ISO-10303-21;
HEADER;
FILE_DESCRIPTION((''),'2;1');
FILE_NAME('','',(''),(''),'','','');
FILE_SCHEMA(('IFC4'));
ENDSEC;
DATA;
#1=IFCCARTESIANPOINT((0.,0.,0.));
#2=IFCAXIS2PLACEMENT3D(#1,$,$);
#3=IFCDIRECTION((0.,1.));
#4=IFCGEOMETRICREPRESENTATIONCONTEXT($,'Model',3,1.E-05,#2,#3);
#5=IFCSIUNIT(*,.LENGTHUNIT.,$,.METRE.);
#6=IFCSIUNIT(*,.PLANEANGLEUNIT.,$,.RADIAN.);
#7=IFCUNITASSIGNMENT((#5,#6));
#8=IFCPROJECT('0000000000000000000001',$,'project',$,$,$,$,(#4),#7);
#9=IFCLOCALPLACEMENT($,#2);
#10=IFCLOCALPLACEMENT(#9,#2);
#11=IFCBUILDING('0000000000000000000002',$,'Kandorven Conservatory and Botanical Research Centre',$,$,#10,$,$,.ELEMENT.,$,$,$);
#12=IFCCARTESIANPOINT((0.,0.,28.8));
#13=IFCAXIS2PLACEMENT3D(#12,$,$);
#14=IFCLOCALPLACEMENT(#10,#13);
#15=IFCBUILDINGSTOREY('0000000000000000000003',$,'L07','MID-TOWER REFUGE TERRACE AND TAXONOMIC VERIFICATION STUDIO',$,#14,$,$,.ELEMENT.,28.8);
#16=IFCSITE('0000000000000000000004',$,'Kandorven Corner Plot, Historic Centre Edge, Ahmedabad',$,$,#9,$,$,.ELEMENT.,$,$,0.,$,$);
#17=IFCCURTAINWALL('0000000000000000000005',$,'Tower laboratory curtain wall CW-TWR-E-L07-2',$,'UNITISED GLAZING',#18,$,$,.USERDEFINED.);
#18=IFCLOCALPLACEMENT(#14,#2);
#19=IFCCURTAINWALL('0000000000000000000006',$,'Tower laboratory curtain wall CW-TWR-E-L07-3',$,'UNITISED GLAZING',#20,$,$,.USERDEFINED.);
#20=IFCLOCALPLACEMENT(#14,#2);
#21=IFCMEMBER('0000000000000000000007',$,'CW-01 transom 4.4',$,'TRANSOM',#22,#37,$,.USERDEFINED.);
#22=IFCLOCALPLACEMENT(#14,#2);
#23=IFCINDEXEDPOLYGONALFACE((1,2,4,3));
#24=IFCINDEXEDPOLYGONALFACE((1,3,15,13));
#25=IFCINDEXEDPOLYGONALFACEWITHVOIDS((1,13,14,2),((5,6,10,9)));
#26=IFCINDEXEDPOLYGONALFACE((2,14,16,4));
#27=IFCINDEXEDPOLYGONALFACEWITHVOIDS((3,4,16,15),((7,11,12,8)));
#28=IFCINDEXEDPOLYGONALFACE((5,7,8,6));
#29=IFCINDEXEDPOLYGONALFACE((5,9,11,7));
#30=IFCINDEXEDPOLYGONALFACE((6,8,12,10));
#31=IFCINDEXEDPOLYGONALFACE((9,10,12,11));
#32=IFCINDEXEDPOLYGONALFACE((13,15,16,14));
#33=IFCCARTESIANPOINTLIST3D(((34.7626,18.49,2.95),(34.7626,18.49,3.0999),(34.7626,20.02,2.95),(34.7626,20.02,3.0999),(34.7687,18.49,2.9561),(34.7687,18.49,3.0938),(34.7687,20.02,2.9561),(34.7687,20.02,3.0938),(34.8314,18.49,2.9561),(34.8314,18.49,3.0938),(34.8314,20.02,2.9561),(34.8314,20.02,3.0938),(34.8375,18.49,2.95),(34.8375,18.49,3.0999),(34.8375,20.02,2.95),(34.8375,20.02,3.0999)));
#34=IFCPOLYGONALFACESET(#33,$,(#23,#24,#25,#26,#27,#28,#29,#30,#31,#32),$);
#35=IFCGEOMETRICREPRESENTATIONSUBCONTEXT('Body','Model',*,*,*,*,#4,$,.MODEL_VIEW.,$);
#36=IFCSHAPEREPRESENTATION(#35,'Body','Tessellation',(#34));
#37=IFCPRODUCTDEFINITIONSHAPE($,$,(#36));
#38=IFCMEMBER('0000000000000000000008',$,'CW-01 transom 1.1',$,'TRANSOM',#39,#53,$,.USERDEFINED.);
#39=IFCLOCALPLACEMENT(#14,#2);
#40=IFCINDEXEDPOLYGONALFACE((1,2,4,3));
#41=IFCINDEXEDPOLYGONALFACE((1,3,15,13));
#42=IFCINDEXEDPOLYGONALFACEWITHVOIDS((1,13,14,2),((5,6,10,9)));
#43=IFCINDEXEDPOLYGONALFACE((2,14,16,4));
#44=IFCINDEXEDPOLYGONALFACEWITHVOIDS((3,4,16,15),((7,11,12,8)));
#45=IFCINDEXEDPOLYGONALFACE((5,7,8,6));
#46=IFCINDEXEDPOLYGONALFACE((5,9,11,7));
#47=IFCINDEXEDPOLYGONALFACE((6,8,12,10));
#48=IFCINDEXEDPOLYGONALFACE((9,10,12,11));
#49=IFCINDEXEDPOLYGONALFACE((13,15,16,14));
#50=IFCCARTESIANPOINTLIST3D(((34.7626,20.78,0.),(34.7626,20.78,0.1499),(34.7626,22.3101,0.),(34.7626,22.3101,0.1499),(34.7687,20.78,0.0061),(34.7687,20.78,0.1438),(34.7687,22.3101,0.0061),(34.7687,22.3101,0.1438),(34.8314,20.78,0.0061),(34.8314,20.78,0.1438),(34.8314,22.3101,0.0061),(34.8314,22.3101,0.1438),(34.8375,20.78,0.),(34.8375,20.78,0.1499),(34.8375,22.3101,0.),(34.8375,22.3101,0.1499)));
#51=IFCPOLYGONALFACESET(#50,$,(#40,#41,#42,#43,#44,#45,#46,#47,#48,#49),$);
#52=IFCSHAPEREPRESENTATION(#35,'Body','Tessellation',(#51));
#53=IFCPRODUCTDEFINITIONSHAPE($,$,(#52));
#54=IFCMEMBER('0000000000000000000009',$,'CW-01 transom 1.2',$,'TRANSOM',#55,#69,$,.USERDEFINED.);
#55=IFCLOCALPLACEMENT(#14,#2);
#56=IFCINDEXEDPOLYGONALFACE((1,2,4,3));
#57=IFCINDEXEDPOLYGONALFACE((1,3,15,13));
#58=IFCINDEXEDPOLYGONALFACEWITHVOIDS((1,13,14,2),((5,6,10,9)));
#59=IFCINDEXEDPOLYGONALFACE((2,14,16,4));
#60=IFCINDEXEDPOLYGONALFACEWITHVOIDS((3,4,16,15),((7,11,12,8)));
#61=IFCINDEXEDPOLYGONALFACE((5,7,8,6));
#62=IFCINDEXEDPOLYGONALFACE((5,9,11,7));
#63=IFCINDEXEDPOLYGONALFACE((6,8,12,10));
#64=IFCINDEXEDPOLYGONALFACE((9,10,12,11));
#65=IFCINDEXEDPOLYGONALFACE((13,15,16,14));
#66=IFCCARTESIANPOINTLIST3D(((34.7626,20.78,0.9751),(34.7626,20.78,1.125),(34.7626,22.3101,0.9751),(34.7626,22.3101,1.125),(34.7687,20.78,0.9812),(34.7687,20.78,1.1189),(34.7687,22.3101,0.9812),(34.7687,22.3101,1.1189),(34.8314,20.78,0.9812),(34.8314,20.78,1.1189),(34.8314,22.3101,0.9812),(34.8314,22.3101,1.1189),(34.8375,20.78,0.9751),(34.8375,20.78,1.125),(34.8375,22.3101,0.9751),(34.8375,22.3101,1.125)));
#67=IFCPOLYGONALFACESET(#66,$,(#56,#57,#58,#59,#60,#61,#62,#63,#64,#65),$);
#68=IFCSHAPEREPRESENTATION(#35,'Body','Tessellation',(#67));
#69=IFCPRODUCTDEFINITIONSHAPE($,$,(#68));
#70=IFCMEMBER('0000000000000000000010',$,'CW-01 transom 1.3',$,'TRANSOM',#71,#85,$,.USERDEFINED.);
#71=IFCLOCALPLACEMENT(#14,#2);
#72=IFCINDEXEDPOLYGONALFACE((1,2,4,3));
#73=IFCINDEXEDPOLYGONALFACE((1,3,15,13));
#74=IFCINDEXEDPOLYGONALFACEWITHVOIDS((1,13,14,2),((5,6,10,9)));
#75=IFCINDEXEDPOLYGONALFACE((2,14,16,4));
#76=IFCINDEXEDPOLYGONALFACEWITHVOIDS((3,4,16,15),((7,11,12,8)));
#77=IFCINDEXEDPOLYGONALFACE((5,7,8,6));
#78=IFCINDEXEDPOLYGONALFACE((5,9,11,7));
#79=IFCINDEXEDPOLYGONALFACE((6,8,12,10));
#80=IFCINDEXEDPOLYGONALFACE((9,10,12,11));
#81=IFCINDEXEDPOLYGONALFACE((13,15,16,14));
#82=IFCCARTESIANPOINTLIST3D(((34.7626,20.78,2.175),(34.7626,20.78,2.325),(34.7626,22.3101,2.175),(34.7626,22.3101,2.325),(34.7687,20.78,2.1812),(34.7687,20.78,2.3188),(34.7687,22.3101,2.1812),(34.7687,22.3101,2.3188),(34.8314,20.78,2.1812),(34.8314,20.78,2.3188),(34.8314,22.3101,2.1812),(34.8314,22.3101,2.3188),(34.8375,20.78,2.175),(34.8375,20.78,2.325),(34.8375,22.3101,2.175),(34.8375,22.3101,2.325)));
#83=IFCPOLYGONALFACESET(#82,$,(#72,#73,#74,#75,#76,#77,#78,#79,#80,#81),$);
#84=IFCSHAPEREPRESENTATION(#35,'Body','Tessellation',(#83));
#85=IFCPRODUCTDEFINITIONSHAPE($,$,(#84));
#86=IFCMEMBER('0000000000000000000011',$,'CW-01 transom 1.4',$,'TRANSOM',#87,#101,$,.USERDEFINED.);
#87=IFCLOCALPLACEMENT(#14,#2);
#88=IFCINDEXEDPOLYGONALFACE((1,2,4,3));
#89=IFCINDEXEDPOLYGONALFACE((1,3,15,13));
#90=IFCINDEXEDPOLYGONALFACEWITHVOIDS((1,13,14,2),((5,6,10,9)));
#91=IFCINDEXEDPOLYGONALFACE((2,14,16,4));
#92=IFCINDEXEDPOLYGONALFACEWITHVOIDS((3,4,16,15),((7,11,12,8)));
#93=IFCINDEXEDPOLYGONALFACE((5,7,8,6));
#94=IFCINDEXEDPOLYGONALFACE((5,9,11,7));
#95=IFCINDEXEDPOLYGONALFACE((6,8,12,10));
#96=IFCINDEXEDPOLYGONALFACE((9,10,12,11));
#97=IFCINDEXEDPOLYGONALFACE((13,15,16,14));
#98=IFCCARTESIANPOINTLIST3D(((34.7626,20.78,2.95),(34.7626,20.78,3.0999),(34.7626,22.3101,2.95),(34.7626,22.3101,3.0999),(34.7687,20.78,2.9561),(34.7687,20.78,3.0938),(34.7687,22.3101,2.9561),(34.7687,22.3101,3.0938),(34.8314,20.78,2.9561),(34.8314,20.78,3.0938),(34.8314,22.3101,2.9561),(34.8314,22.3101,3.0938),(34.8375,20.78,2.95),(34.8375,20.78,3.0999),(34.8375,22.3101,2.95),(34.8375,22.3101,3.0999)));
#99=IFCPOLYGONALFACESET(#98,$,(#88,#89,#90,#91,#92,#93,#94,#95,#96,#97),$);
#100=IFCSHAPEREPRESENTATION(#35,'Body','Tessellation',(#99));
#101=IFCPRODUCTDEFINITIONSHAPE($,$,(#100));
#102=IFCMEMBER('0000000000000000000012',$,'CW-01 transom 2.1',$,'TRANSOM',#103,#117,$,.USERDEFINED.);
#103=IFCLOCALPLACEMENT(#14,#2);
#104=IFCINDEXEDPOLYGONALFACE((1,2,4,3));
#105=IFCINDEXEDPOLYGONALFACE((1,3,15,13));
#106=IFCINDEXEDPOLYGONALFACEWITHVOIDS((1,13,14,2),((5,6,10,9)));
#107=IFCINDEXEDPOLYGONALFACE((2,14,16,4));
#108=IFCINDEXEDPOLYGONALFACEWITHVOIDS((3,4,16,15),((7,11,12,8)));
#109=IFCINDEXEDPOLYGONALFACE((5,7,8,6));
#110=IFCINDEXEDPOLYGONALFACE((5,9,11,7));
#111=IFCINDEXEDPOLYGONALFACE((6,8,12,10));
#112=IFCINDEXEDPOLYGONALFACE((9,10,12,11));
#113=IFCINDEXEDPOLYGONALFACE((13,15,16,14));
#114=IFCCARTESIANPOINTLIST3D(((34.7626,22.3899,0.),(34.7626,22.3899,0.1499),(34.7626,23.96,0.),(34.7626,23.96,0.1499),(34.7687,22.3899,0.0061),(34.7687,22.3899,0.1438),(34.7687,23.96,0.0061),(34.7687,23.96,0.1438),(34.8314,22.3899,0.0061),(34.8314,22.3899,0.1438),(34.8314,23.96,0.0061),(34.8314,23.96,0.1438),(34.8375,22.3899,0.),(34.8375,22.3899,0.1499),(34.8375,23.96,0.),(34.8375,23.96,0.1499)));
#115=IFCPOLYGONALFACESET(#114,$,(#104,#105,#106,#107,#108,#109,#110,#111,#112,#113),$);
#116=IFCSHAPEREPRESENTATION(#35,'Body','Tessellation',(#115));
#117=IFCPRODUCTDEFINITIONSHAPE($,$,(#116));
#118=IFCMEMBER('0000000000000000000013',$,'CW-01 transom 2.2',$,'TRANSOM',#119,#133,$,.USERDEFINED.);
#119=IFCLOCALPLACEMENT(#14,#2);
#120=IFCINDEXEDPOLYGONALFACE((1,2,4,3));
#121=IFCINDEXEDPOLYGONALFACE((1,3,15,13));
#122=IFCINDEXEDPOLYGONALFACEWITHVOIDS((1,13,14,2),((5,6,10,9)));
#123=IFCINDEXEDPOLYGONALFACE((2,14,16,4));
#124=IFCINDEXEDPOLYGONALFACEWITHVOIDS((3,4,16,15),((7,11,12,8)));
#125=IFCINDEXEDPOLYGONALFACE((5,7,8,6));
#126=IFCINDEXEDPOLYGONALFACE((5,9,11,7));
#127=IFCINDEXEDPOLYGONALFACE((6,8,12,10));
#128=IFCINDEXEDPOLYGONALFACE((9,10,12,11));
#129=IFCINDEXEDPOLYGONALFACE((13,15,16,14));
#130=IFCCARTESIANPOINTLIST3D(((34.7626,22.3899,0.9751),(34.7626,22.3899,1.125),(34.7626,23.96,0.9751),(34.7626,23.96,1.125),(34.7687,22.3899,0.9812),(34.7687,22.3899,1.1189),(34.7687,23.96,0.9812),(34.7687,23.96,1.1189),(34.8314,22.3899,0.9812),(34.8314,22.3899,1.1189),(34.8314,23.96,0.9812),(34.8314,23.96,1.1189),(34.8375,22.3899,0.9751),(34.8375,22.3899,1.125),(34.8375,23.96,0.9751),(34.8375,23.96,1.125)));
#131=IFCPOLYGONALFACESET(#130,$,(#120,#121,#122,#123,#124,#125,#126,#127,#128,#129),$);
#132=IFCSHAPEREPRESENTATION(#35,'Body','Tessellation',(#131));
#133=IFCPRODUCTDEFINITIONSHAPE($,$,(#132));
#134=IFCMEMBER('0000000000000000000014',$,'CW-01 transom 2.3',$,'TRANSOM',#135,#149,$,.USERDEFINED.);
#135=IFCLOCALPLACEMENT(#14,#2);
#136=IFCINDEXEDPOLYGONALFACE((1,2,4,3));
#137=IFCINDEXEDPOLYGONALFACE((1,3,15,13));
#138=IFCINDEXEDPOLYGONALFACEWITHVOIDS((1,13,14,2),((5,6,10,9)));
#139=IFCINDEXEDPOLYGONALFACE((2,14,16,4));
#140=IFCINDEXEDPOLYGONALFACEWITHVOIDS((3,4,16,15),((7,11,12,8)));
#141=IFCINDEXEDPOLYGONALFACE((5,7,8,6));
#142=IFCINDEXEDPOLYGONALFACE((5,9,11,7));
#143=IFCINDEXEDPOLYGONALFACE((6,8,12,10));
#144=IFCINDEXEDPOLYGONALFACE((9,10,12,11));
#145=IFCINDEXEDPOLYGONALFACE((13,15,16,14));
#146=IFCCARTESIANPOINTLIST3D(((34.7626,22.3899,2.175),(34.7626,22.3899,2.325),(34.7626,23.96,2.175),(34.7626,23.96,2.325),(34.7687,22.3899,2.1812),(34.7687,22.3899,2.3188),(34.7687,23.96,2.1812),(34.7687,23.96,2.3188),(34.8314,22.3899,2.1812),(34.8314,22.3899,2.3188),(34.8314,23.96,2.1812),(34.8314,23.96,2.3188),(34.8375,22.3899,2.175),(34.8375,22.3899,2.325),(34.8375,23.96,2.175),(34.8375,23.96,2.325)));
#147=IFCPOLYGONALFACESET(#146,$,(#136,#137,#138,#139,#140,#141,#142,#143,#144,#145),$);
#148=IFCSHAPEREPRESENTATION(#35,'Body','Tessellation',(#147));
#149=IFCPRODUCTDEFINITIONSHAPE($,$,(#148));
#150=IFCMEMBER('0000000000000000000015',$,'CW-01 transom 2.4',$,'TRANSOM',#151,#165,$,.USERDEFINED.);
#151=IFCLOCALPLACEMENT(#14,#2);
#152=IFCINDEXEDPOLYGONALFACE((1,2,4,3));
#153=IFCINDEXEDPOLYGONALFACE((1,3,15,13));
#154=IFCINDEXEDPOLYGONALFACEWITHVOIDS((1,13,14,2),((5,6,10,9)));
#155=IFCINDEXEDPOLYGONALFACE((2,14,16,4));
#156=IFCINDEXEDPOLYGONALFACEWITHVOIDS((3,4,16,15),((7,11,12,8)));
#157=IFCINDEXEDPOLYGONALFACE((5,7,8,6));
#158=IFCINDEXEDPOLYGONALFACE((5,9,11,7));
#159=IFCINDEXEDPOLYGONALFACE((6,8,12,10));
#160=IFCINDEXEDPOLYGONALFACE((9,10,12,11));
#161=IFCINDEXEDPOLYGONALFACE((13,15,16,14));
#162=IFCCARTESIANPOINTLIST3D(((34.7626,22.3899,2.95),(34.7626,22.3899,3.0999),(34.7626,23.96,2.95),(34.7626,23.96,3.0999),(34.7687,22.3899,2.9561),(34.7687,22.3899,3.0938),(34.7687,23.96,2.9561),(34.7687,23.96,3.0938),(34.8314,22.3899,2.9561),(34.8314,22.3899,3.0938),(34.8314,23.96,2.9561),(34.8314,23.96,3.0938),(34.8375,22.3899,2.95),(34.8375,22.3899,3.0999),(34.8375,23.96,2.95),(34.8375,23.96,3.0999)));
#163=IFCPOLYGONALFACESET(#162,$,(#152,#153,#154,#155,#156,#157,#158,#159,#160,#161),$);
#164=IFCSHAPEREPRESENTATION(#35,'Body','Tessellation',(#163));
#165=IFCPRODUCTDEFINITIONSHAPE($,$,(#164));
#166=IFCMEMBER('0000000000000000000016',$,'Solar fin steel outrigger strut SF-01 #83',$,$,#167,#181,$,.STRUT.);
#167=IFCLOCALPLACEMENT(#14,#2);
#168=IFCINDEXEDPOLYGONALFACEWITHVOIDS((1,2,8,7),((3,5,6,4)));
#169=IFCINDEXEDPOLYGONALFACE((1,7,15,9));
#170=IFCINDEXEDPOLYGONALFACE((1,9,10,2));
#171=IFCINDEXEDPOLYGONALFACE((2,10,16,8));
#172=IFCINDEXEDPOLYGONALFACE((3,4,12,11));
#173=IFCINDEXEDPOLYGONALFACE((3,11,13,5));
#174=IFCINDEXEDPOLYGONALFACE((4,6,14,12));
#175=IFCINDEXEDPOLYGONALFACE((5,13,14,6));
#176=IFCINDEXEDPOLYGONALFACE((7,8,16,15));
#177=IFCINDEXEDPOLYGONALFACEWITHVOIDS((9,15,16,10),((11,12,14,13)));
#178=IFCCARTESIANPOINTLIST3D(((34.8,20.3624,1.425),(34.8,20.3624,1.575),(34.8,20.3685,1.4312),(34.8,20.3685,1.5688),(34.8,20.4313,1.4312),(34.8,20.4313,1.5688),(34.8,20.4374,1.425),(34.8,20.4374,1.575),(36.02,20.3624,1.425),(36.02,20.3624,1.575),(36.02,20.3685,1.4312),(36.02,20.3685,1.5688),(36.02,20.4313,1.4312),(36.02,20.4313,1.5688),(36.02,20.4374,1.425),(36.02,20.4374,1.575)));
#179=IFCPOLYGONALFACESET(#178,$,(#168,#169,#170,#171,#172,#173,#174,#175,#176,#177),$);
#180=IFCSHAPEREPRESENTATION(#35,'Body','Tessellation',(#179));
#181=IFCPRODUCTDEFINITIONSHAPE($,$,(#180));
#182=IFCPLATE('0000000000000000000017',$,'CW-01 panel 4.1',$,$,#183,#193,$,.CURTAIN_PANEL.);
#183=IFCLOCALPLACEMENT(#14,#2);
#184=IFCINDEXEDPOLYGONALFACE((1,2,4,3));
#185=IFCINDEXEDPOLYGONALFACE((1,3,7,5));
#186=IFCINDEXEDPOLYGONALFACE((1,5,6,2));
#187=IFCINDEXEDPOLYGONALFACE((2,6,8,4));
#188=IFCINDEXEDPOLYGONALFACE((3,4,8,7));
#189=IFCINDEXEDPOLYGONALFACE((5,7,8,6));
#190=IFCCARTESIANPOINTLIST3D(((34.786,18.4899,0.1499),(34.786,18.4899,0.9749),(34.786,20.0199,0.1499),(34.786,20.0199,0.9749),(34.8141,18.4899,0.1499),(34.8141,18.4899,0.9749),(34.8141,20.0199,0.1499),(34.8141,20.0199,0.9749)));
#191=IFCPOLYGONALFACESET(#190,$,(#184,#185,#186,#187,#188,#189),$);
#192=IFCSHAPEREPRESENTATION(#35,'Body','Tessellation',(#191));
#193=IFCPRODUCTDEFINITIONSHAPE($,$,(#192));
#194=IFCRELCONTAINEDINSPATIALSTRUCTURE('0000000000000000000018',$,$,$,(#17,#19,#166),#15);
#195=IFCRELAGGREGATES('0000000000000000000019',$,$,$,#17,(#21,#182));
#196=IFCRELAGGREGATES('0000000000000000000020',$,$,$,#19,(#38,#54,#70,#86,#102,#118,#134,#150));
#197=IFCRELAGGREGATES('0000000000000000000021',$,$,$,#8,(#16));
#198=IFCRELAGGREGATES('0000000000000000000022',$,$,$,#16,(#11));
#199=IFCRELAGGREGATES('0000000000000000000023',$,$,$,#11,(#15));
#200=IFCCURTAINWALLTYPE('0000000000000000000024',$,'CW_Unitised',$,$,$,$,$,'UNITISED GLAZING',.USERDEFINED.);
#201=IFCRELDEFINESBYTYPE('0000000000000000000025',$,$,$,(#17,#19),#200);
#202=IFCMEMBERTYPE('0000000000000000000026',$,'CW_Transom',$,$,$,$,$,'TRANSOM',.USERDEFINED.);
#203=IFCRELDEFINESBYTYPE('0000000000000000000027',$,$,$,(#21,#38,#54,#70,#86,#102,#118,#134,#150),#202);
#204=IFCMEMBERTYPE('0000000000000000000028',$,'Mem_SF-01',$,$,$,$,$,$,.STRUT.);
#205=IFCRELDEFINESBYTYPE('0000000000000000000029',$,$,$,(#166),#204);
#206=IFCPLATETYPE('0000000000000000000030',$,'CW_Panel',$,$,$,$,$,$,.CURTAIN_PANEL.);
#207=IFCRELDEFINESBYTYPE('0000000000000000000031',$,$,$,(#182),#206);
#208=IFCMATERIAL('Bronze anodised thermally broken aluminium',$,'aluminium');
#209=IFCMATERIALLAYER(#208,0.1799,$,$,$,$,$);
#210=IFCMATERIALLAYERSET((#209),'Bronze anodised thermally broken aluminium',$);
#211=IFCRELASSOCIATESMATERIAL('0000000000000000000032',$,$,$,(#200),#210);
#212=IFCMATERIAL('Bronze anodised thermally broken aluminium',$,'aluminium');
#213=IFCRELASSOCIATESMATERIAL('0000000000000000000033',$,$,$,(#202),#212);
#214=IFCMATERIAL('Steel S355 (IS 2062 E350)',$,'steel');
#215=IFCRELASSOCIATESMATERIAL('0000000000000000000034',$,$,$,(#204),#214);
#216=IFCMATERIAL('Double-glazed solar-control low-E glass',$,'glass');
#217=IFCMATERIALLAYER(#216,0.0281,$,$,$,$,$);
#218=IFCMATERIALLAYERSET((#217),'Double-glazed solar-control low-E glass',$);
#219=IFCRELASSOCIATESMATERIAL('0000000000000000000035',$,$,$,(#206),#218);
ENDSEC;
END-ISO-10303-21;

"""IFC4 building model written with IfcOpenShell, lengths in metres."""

from ifc_helpers import new_model, si_unit, direction, frame, origin, origin_2d, place, context, subcontext, project, spatial, rectangle, hollow_rectangle, extrude, material, layer, layer_set, material_profile, profile_set, type_object, element, aggregate, save


model = new_model("IFC4")

# Units and contexts
model_context = context("Model", 3, precision=1e-05, world=origin(), true_north=direction((0.0, 1.0)))
body_context = subcontext(model_context, "Body", "Model", "MODEL_VIEW")
ifc_project = project(units=[si_unit("LENGTHUNIT", "METRE"), si_unit("PLANEANGLEUNIT", "RADIAN")], contexts=[model_context])

# Site, building, storey
site_placement = place(None, origin())
site = spatial("IfcSite", under=ifc_project, at=site_placement, Name="Kandorven Corner Plot, Historic Centre Edge, Ahmedabad", CompositionType="ELEMENT", RefElevation=0.0)
building_placement = place(site_placement, origin())
building = spatial("IfcBuilding", under=site, at=building_placement, Name="Kandorven Conservatory and Botanical Research Centre", CompositionType="ELEMENT")
storey_placement = place(building_placement, frame((0.0, 0.0, 28.8)))
storey = spatial("IfcBuildingStorey", under=building, at=storey_placement, Name="L07", Description="MID-TOWER REFUGE TERRACE AND TAXONOMIC VERIFICATION STUDIO", CompositionType="ELEMENT", Elevation=28.8)

# Curtain wall
ifc_material_1 = material(Name="Bronze anodised thermally broken aluminium", Category="aluminium")
ifc_layer_1 = layer(ifc_material_1, 0.1799)
ifc_layer_set_1 = layer_set([ifc_layer_1], Name="Bronze anodised thermally broken aluminium")
curtain_wall_type = type_object("IfcCurtainWallType", Name="CW_Unitised", ElementType="UNITISED GLAZING", PredefinedType="USERDEFINED", material=ifc_layer_set_1)
curtain_wall_1_placement = place(storey_placement, origin())
curtain_wall_1 = element("IfcCurtainWall", 1, at=curtain_wall_1_placement, inside=storey, type_object=curtain_wall_type, Name="Tower laboratory curtain wall CW-TWR-E-L07-2", ObjectType="UNITISED GLAZING", PredefinedType="USERDEFINED")

# Curtain wall
curtain_wall_2_placement = place(storey_placement, origin())
curtain_wall_2 = element("IfcCurtainWall", 2, at=curtain_wall_2_placement, inside=storey, type_object=curtain_wall_type, Name="Tower laboratory curtain wall CW-TWR-E-L07-3", ObjectType="UNITISED GLAZING", PredefinedType="USERDEFINED")

# Members
ifc_material_2 = material(Name="Bronze anodised thermally broken aluminium", Category="aluminium")
ifc_material_profile_1 = material_profile(ifc_material_2, hollow_rectangle(XDim=0.075, YDim=0.1499, WallThickness=0.0061, at=origin_2d()))
ifc_profile_set_1 = profile_set([ifc_material_profile_1], Name="Bronze anodised thermally broken aluminium")
member_type_1 = type_object("IfcMemberType", Name="CW_Transom", ElementType="TRANSOM", PredefinedType="USERDEFINED", material=ifc_profile_set_1)
member_1_placement = place(storey_placement, frame((34.8, 18.49, 3.0249), z_axis=(0.0, 1.0, 0.0), x_axis=(-1.0, 0.0, 0.0)))
member_1 = element("IfcMember", 3, at=member_1_placement, type_object=member_type_1, Name="CW-01 transom 4.4", ObjectType="TRANSOM", PredefinedType="USERDEFINED", context=body_context, shape_type="SweptSolid", body=[
    extrude(hollow_rectangle(XDim=0.075, YDim=0.1499, WallThickness=0.0061, at=origin_2d()), origin(), (0.0, 0.0, 1.0), 1.53),
])
member_2_placement = place(storey_placement, frame((34.8, 20.78, 0.075), z_axis=(0.0, 1.0, 0.0), x_axis=(-1.0, 0.0, 0.0)))
member_2 = element("IfcMember", 4, at=member_2_placement, type_object=member_type_1, Name="CW-01 transom 1.1", ObjectType="TRANSOM", PredefinedType="USERDEFINED", context=body_context, shape_type="SweptSolid", body=[
    extrude(hollow_rectangle(XDim=0.075, YDim=0.1499, WallThickness=0.0061, at=origin_2d()), origin(), (0.0, 0.0, 1.0), 1.53),
])
member_3_placement = place(storey_placement, frame((34.8, 20.78, 1.05), z_axis=(0.0, 1.0, 0.0), x_axis=(-1.0, 0.0, 0.0)))
member_3 = element("IfcMember", 5, at=member_3_placement, type_object=member_type_1, Name="CW-01 transom 1.2", ObjectType="TRANSOM", PredefinedType="USERDEFINED", context=body_context, shape_type="SweptSolid", body=[
    extrude(hollow_rectangle(XDim=0.075, YDim=0.1499, WallThickness=0.0061, at=origin_2d()), origin(), (0.0, 0.0, 1.0), 1.53),
])
member_4_placement = place(storey_placement, frame((34.8, 20.78, 2.25), z_axis=(0.0, 1.0, 0.0), x_axis=(-1.0, 0.0, 0.0)))
member_4 = element("IfcMember", 6, at=member_4_placement, type_object=member_type_1, Name="CW-01 transom 1.3", ObjectType="TRANSOM", PredefinedType="USERDEFINED", context=body_context, shape_type="SweptSolid", body=[
    extrude(hollow_rectangle(XDim=0.075, YDim=0.1499, WallThickness=0.0061, at=origin_2d()), origin(), (0.0, 0.0, 1.0), 1.53),
])
member_5_placement = place(storey_placement, frame((34.8, 20.78, 3.0249), z_axis=(0.0, 1.0, 0.0), x_axis=(-1.0, 0.0, 0.0)))
member_5 = element("IfcMember", 7, at=member_5_placement, type_object=member_type_1, Name="CW-01 transom 1.4", ObjectType="TRANSOM", PredefinedType="USERDEFINED", context=body_context, shape_type="SweptSolid", body=[
    extrude(hollow_rectangle(XDim=0.075, YDim=0.1499, WallThickness=0.0061, at=origin_2d()), origin(), (0.0, 0.0, 1.0), 1.53),
])
member_6_placement = place(storey_placement, frame((34.8, 22.3899, 0.075), z_axis=(0.0, 1.0, 0.0), x_axis=(-1.0, 0.0, 0.0)))
member_6 = element("IfcMember", 8, at=member_6_placement, type_object=member_type_1, Name="CW-01 transom 2.1", ObjectType="TRANSOM", PredefinedType="USERDEFINED", context=body_context, shape_type="SweptSolid", body=[
    extrude(hollow_rectangle(XDim=0.075, YDim=0.1499, WallThickness=0.0061, at=origin_2d()), origin(), (0.0, 0.0, 1.0), 1.5701),
])
member_7_placement = place(storey_placement, frame((34.8, 22.3899, 1.05), z_axis=(0.0, 1.0, 0.0), x_axis=(-1.0, 0.0, 0.0)))
member_7 = element("IfcMember", 9, at=member_7_placement, type_object=member_type_1, Name="CW-01 transom 2.2", ObjectType="TRANSOM", PredefinedType="USERDEFINED", context=body_context, shape_type="SweptSolid", body=[
    extrude(hollow_rectangle(XDim=0.075, YDim=0.1499, WallThickness=0.0061, at=origin_2d()), origin(), (0.0, 0.0, 1.0), 1.5701),
])
member_8_placement = place(storey_placement, frame((34.8, 22.3899, 2.25), z_axis=(0.0, 1.0, 0.0), x_axis=(-1.0, 0.0, 0.0)))
member_8 = element("IfcMember", 10, at=member_8_placement, type_object=member_type_1, Name="CW-01 transom 2.3", ObjectType="TRANSOM", PredefinedType="USERDEFINED", context=body_context, shape_type="SweptSolid", body=[
    extrude(hollow_rectangle(XDim=0.075, YDim=0.1499, WallThickness=0.0061, at=origin_2d()), origin(), (0.0, 0.0, 1.0), 1.5701),
])
member_9_placement = place(storey_placement, frame((34.8, 22.3899, 3.0249), z_axis=(0.0, 1.0, 0.0), x_axis=(-1.0, 0.0, 0.0)))
member_9 = element("IfcMember", 11, at=member_9_placement, type_object=member_type_1, Name="CW-01 transom 2.4", ObjectType="TRANSOM", PredefinedType="USERDEFINED", context=body_context, shape_type="SweptSolid", body=[
    extrude(hollow_rectangle(XDim=0.075, YDim=0.1499, WallThickness=0.0061, at=origin_2d()), origin(), (0.0, 0.0, 1.0), 1.5701),
])
ifc_material_3 = material(Name="Steel S355 (IS 2062 E350)", Category="steel")
ifc_material_profile_2 = material_profile(ifc_material_3, hollow_rectangle(XDim=0.075, YDim=0.1499, WallThickness=0.0061, at=origin_2d()))
ifc_profile_set_2 = profile_set([ifc_material_profile_2], Name="Steel S355 (IS 2062 E350)")
member_type_2 = type_object("IfcMemberType", Name="Mem_SF-01", PredefinedType="STRUT", material=ifc_profile_set_2)
member_10_placement = place(storey_placement, frame((34.8, 20.3999, 1.5), z_axis=(1.0, 0.0, 0.0), x_axis=(0.0, 1.0, 0.0)))
element("IfcMember", 12, at=member_10_placement, inside=storey, type_object=member_type_2, Name="Solar fin steel outrigger strut SF-01 #83", PredefinedType="STRUT", context=body_context, shape_type="SweptSolid", body=[
    extrude(hollow_rectangle(XDim=0.075, YDim=0.1499, WallThickness=0.0061, at=origin_2d()), origin(), (0.0, 0.0, 1.0), 1.22),
])

# Plate
ifc_material_4 = material(Name="Double-glazed solar-control low-E glass", Category="glass")
ifc_layer_2 = layer(ifc_material_4, 0.0281)
ifc_layer_set_2 = layer_set([ifc_layer_2], Name="Double-glazed solar-control low-E glass")
plate_type_1 = type_object("IfcPlateType", Name="CW_Panel", PredefinedType="CURTAIN_PANEL", material=ifc_layer_set_2)
plate_1_placement = place(storey_placement, frame((34.8, 19.2549, 0.1499), z_axis=(0.0, 0.0, 1.0), x_axis=(0.0, 1.0, 0.0)))
plate_1 = element("IfcPlate", 13, at=plate_1_placement, type_object=plate_type_1, Name="CW-01 panel 4.1", PredefinedType="CURTAIN_PANEL", context=body_context, shape_type="SweptSolid", body=[
    extrude(rectangle(XDim=1.53, YDim=0.0281, at=origin_2d()), origin(), (0.0, 0.0, 1.0), 0.825),
])
aggregate(curtain_wall_1, [member_1, plate_1])
aggregate(curtain_wall_2, [member_2, member_3, member_4, member_5, member_6, member_7, member_8, member_9])

save(model, "model.ifc")
